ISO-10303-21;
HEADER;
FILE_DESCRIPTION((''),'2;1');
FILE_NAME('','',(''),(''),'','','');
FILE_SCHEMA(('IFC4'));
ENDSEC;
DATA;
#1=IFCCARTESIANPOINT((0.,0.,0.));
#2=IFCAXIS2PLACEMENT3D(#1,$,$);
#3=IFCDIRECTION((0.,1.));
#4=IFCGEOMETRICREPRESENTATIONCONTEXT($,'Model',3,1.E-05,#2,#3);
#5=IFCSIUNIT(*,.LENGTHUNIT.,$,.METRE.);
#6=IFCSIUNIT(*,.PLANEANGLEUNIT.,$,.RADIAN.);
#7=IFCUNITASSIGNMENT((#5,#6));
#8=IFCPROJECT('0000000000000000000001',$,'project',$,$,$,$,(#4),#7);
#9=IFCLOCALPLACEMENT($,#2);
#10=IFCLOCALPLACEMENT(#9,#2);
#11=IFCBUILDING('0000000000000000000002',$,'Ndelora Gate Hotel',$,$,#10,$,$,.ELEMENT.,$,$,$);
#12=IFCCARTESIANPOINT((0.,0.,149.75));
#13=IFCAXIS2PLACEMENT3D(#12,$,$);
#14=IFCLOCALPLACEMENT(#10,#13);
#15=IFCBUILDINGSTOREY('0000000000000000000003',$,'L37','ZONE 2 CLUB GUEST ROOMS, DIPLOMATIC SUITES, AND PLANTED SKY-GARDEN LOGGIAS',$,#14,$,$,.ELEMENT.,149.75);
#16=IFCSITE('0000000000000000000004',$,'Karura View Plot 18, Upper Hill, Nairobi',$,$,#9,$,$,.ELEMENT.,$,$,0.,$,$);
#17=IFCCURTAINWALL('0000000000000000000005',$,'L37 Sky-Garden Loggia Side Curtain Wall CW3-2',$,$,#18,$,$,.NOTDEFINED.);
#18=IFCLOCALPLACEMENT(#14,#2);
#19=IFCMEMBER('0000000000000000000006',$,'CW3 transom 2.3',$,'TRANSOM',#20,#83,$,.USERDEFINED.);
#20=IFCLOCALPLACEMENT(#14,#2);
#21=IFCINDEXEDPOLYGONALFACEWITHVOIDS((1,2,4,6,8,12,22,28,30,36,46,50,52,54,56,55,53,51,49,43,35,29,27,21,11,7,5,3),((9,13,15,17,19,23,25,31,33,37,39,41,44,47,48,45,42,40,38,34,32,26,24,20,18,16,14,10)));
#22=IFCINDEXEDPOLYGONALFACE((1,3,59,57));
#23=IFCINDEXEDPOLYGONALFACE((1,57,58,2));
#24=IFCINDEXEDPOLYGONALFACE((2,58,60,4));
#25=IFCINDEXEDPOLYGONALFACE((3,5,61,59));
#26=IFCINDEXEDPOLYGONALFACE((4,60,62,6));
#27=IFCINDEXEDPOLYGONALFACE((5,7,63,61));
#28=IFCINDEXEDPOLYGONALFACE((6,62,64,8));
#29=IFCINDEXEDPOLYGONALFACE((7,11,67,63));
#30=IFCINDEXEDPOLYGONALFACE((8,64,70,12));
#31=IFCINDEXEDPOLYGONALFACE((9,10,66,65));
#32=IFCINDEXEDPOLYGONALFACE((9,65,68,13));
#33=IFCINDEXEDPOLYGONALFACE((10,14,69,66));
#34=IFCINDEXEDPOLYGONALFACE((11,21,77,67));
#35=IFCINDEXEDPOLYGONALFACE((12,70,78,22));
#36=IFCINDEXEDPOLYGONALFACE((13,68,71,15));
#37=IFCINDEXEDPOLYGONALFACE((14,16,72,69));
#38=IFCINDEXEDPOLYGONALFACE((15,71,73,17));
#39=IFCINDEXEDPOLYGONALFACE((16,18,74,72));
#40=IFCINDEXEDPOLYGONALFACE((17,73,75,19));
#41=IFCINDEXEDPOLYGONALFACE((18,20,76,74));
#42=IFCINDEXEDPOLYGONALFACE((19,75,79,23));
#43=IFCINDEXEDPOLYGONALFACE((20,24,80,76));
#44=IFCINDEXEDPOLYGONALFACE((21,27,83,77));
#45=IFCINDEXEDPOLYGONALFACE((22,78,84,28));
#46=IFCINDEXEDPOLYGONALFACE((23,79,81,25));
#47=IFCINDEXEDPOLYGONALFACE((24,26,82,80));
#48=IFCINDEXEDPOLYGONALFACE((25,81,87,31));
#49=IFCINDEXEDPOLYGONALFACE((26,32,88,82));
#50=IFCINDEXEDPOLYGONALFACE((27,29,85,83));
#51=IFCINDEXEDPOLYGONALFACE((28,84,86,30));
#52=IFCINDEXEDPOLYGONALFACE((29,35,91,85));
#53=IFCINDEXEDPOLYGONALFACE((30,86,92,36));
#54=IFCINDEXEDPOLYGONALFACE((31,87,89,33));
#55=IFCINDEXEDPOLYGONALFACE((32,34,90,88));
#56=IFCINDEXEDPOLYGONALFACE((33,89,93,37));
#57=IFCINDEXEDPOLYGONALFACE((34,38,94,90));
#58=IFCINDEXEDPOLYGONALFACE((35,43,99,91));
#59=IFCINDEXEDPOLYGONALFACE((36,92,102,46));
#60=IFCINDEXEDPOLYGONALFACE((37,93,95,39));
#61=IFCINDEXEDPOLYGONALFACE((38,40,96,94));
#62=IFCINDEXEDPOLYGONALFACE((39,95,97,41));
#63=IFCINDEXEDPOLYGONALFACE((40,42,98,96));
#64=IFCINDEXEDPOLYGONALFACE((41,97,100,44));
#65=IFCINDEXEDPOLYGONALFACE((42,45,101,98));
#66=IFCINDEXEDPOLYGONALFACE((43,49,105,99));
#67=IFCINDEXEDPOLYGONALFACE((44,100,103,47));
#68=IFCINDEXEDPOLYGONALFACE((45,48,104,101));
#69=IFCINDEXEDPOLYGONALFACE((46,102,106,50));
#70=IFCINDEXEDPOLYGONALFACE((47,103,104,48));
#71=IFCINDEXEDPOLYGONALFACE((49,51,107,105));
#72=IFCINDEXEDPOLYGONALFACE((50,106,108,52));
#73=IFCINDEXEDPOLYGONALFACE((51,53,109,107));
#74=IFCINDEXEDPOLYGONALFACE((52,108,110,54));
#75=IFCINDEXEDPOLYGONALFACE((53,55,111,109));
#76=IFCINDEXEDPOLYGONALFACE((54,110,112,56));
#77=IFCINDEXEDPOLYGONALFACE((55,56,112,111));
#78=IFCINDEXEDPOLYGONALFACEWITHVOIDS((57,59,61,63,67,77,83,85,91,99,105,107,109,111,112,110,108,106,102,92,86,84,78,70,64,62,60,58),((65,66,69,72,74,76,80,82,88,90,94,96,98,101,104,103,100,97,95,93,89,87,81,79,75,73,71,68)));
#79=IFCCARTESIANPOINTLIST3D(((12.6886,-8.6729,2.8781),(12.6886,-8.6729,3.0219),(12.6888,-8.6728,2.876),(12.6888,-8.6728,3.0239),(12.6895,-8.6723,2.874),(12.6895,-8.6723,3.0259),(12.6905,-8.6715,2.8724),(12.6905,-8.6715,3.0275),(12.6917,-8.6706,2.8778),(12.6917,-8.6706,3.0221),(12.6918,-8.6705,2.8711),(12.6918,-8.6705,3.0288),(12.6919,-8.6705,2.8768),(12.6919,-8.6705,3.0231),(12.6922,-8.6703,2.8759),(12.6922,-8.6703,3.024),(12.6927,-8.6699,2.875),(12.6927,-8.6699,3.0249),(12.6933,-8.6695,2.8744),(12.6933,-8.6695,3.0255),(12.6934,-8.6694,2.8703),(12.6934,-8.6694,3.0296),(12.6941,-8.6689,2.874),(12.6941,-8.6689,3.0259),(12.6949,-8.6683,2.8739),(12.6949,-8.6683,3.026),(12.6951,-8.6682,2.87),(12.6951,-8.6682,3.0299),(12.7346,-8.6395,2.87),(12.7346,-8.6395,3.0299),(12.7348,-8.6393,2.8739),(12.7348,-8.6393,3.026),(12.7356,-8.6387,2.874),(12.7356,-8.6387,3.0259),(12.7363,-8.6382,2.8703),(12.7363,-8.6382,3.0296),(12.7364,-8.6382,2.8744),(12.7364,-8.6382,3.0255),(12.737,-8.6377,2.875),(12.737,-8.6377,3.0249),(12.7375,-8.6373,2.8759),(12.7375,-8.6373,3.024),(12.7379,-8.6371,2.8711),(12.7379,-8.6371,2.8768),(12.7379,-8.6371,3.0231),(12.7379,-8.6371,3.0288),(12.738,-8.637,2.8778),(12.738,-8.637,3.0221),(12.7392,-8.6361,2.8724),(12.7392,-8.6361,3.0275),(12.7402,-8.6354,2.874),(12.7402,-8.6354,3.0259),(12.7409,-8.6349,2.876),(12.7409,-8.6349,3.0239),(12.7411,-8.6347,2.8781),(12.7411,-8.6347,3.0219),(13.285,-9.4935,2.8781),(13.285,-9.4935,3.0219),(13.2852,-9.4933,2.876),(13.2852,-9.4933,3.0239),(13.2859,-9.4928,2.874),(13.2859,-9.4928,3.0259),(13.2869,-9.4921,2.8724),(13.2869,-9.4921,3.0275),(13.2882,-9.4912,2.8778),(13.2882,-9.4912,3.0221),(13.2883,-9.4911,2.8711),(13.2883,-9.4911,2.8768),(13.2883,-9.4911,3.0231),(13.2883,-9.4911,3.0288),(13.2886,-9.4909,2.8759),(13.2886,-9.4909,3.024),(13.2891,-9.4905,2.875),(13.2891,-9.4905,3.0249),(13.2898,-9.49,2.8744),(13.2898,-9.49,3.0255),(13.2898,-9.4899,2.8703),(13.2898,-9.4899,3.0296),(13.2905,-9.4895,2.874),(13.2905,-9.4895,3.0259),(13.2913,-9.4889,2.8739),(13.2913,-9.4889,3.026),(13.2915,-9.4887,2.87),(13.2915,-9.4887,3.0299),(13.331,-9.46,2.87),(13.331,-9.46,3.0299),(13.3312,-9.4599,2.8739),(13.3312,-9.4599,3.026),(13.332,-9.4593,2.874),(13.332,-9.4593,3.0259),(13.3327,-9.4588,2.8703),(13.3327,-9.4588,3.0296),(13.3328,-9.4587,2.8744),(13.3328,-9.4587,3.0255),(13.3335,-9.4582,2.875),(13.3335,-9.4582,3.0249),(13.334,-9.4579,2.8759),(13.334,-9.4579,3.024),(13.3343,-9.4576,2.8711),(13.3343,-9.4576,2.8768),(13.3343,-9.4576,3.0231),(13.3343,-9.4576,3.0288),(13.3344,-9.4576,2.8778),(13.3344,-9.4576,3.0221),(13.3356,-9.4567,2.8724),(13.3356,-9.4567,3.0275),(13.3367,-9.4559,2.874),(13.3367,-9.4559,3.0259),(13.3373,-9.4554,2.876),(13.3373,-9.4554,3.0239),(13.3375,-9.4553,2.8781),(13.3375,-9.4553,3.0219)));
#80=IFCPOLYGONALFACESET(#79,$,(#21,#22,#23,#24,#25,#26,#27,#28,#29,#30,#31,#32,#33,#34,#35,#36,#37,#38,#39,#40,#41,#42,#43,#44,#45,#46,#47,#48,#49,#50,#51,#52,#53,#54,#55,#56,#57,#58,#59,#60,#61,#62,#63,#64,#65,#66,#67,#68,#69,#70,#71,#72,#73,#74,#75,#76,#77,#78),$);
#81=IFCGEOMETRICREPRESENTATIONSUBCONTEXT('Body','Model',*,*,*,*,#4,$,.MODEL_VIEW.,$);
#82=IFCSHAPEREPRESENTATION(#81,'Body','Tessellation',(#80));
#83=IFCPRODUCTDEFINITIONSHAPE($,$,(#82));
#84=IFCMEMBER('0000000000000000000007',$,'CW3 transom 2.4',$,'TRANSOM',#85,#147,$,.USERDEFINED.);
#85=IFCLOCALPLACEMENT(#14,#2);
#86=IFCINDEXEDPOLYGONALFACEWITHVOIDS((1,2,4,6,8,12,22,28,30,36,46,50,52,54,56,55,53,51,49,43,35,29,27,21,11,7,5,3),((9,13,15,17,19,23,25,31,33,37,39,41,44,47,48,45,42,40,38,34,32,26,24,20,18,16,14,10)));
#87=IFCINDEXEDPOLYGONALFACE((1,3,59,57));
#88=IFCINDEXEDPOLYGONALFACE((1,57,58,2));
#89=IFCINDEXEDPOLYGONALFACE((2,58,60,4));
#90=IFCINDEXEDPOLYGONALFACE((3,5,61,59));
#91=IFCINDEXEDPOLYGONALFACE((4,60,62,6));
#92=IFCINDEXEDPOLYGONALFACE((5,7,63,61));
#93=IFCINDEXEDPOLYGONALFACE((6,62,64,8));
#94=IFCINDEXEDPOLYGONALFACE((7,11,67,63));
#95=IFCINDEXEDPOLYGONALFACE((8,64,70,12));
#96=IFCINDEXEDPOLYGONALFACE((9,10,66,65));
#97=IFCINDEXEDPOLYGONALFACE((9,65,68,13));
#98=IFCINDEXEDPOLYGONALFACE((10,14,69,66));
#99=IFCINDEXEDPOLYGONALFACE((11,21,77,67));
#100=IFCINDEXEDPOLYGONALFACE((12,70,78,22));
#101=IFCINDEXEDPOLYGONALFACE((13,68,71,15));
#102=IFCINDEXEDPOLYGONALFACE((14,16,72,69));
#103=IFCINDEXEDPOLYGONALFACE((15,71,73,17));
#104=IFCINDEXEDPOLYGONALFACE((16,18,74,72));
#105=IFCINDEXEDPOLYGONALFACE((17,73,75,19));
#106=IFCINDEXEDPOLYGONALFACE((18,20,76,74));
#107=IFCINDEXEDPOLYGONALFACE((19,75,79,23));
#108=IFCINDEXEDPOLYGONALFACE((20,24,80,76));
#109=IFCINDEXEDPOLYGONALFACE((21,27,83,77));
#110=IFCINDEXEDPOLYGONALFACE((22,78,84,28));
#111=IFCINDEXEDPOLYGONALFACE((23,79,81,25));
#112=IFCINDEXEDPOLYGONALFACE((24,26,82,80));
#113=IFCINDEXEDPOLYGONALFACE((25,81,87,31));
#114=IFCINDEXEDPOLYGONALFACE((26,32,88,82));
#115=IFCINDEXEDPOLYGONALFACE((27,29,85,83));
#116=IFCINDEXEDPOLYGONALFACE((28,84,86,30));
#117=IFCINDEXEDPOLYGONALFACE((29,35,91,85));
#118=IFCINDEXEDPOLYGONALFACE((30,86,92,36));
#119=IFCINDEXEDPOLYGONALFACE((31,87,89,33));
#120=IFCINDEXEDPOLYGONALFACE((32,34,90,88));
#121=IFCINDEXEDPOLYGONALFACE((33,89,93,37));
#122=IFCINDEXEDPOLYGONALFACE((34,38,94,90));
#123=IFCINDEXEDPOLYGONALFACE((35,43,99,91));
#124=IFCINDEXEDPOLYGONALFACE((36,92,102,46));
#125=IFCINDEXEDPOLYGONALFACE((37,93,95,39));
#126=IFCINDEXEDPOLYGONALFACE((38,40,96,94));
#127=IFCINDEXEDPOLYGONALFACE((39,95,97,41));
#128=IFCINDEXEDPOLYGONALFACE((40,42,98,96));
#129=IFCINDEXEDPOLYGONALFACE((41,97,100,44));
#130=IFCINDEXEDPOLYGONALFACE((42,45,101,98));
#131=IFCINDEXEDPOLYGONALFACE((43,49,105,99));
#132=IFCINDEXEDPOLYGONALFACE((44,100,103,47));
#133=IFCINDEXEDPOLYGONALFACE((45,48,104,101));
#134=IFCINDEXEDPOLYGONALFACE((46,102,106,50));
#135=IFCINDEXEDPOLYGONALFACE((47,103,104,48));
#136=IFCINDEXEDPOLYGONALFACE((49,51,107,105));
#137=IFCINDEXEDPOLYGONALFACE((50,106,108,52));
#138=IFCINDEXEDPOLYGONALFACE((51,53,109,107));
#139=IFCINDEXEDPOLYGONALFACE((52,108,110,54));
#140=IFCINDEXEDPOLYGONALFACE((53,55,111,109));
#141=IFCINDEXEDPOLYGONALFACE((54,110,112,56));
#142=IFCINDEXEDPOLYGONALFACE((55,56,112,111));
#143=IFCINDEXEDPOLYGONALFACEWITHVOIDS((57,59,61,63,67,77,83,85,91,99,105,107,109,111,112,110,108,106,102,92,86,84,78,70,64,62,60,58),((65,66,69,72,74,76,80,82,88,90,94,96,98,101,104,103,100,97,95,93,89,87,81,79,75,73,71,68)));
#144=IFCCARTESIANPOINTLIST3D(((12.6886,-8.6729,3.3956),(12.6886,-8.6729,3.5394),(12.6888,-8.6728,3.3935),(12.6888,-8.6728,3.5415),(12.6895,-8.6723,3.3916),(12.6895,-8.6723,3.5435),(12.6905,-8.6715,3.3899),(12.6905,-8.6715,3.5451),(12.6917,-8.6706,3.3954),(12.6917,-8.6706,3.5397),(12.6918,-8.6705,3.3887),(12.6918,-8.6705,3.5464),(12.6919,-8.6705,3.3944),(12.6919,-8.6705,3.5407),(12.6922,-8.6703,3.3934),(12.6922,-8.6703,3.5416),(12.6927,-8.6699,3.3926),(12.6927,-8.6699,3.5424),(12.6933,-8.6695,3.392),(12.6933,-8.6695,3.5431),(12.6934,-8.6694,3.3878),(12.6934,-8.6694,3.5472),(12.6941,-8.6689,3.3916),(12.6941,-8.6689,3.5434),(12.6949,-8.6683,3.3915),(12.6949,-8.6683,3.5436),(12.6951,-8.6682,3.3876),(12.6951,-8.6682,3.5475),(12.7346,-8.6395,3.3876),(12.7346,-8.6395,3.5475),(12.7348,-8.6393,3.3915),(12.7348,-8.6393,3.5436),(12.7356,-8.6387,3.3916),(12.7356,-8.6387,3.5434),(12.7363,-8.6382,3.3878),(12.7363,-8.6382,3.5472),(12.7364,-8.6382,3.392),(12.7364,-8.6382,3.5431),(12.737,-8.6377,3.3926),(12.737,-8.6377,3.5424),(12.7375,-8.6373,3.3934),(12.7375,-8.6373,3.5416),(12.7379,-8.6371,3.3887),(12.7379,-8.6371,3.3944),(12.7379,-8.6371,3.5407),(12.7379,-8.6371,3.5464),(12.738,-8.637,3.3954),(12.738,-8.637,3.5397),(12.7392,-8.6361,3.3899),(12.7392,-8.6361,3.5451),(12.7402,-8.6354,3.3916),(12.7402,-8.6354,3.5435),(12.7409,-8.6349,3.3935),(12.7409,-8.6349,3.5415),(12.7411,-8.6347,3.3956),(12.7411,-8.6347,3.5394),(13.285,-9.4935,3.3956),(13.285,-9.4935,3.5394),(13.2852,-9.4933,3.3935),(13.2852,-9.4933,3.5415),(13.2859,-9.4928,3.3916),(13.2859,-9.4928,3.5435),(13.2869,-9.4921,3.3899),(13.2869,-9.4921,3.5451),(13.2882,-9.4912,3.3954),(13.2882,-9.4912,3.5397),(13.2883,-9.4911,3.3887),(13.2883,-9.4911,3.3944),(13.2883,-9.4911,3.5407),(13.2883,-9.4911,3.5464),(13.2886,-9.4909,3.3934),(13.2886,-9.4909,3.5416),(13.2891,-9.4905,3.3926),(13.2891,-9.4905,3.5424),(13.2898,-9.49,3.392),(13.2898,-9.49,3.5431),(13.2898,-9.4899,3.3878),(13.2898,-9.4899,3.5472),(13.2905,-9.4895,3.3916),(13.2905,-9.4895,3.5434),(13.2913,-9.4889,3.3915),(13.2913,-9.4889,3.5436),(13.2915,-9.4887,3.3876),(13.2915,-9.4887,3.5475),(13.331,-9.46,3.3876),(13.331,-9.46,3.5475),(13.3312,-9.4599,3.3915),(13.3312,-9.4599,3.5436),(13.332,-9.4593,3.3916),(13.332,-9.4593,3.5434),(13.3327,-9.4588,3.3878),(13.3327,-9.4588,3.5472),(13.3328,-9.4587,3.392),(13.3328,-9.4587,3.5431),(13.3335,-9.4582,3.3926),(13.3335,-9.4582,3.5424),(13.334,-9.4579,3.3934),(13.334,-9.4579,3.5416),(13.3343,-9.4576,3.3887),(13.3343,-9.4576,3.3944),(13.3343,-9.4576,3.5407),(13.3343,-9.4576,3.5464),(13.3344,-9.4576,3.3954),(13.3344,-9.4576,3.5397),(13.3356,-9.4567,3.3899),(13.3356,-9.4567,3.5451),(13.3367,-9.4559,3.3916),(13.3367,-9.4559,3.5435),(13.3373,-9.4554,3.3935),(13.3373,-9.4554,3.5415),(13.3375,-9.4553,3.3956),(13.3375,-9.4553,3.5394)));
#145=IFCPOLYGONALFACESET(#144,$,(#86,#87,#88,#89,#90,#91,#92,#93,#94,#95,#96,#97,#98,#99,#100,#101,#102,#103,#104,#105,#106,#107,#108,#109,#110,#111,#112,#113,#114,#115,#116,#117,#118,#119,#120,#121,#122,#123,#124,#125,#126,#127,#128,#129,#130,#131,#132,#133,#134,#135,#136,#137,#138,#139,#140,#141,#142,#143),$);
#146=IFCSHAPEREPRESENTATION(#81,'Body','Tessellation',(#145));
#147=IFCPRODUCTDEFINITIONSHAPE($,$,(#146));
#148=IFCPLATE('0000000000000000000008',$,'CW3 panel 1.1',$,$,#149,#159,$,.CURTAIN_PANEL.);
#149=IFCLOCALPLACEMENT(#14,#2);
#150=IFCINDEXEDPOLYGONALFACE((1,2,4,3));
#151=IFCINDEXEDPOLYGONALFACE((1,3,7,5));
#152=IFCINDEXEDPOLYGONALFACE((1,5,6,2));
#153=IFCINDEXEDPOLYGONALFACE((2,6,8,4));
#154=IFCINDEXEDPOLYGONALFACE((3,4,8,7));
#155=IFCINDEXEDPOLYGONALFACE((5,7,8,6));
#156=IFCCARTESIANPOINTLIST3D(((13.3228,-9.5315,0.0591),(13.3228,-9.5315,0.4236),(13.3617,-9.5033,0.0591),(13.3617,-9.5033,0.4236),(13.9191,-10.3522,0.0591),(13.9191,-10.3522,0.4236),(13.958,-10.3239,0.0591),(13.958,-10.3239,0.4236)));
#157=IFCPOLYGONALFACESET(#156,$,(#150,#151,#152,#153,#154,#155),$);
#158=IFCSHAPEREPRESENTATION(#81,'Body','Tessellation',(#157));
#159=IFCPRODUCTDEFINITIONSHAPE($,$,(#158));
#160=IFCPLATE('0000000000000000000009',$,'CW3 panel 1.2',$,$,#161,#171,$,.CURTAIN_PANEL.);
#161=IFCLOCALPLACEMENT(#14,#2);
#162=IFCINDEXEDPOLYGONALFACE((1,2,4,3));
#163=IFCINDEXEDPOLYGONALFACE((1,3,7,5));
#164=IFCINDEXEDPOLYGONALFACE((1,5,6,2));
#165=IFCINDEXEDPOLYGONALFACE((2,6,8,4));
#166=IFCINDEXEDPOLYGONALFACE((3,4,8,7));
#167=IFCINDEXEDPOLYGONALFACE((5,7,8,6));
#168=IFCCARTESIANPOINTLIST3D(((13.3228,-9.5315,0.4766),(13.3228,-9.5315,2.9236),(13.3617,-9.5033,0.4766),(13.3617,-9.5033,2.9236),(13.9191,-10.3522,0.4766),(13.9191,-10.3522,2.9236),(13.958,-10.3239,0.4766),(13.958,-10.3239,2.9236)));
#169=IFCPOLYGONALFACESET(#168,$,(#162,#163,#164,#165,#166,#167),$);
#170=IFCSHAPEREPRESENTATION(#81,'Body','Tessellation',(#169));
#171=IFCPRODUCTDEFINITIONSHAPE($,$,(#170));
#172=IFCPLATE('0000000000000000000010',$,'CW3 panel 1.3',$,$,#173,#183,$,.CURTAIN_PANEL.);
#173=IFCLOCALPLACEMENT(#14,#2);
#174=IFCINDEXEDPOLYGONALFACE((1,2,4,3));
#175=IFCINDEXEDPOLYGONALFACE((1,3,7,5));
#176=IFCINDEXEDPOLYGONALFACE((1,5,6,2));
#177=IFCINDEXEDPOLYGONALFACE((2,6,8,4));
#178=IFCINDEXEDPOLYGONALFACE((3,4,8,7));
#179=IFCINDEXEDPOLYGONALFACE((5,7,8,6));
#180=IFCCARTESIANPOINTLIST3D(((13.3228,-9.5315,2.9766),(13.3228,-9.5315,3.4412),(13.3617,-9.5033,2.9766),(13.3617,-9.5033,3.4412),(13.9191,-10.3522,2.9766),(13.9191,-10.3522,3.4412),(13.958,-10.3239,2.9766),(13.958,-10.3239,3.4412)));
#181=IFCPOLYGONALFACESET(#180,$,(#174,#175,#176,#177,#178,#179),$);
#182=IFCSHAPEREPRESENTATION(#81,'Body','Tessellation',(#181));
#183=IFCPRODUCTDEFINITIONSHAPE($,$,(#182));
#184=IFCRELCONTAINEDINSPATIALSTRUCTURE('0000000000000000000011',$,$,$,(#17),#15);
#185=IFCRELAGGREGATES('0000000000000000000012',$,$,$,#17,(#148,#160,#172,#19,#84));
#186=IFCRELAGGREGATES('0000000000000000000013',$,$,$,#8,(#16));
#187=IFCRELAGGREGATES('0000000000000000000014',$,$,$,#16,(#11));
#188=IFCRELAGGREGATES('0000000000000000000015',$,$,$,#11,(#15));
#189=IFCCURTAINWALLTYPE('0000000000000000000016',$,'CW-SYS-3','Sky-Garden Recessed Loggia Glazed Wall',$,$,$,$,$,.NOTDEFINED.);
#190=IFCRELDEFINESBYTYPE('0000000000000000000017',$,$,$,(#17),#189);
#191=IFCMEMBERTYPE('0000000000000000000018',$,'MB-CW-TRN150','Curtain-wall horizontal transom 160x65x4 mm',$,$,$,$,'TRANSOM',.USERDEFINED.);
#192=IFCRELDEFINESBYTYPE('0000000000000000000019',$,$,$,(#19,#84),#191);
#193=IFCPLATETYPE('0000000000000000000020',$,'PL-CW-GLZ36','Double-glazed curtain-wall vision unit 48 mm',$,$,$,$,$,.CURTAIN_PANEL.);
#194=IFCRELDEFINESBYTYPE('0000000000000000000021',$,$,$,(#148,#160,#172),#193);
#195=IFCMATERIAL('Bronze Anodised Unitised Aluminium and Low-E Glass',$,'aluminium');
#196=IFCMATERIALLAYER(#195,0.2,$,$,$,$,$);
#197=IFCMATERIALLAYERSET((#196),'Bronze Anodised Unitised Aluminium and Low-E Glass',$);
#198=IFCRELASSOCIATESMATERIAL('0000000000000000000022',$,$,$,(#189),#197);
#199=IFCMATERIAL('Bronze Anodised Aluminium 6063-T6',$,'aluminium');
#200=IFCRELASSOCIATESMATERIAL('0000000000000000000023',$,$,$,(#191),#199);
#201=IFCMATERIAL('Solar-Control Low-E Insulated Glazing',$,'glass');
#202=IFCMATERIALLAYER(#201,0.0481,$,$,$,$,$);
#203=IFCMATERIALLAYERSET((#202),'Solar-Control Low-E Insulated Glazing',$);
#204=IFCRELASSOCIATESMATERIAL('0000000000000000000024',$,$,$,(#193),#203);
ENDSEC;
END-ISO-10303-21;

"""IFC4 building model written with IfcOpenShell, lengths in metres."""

from ifc_helpers import new_model, si_unit, direction, frame, origin, origin_2d, place, context, subcontext, project, spatial, rectangle, hollow_rectangle, extrude, material, layer, layer_set, material_profile, profile_set, type_object, element, aggregate, save


model = new_model("IFC4")

# Units and contexts
model_context = context("Model", 3, precision=1e-05, world=origin(), true_north=direction((0.0, 1.0)))
body_context = subcontext(model_context, "Body", "Model", "MODEL_VIEW")
ifc_project = project(units=[si_unit("LENGTHUNIT", "METRE"), si_unit("PLANEANGLEUNIT", "RADIAN")], contexts=[model_context])

# Site, building, storey
site_placement = place(None, origin())
site = spatial("IfcSite", under=ifc_project, at=site_placement, Name="Karura View Plot 18, Upper Hill, Nairobi", CompositionType="ELEMENT", RefElevation=0.0)
building_placement = place(site_placement, origin())
building = spatial("IfcBuilding", under=site, at=building_placement, Name="Ndelora Gate Hotel", CompositionType="ELEMENT")
storey_placement = place(building_placement, frame((0.0, 0.0, 149.75)))
storey = spatial("IfcBuildingStorey", under=building, at=storey_placement, Name="L37", Description="ZONE 2 CLUB GUEST ROOMS, DIPLOMATIC SUITES, AND PLANTED SKY-GARDEN LOGGIAS", CompositionType="ELEMENT", Elevation=149.75)

# Curtain wall, members, plates
ifc_material_1 = material(Name="Bronze Anodised Unitised Aluminium and Low-E Glass", Category="aluminium")
ifc_layer_1 = layer(ifc_material_1, 0.2)
ifc_layer_set_1 = layer_set([ifc_layer_1], Name="Bronze Anodised Unitised Aluminium and Low-E Glass")
curtain_wall_type = type_object("IfcCurtainWallType", Name="CW-SYS-3", Description="Sky-Garden Recessed Loggia Glazed Wall", PredefinedType="NOTDEFINED", material=ifc_layer_set_1)
curtain_wall_placement = place(storey_placement, origin())
curtain_wall = element("IfcCurtainWall", 1, at=curtain_wall_placement, inside=storey, type_object=curtain_wall_type, Name="L37 Sky-Garden Loggia Side Curtain Wall CW3-2", PredefinedType="NOTDEFINED")
ifc_material_2 = material(Name="Bronze Anodised Aluminium 6063-T6", Category="aluminium")
ifc_material_profile_1 = material_profile(ifc_material_2, hollow_rectangle(XDim=0.0649, YDim=0.1599, WallThickness=0.0039, InnerFilletRadius=0.0039, OuterFilletRadius=0.0081, at=origin_2d()), Name="ALU 160x65x4")
ifc_profile_set_1 = profile_set([ifc_material_profile_1], Name="Bronze Anodised Aluminium 6063-T6")
member_type_1 = type_object("IfcMemberType", Name="MB-CW-TRN150", Description="Curtain-wall horizontal transom 160x65x4 mm", ElementType="TRANSOM", PredefinedType="USERDEFINED", material=ifc_profile_set_1)
member_1_placement = place(storey_placement, frame((13.3113, -9.4744, 2.95), z_axis=(-0.587957, 0.808892, 0.0), x_axis=(-0.808892, -0.587957, 0.0)))
member_1 = element("IfcMember", 2, at=member_1_placement, type_object=member_type_1, Name="CW3 transom 2.3", ObjectType="TRANSOM", PredefinedType="USERDEFINED", context=body_context, shape_type="SweptSolid", body=[
    extrude(hollow_rectangle(XDim=0.0649, YDim=0.1599, WallThickness=0.0039, InnerFilletRadius=0.0039, OuterFilletRadius=0.0081, at=origin_2d()), origin(), (0.0, 0.0, 1.0), 1.0144),
])
member_2_placement = place(storey_placement, frame((13.3113, -9.4744, 3.4675), z_axis=(-0.587957, 0.808892, 0.0), x_axis=(-0.808892, -0.587957, 0.0)))
member_2 = element("IfcMember", 3, at=member_2_placement, type_object=member_type_1, Name="CW3 transom 2.4", ObjectType="TRANSOM", PredefinedType="USERDEFINED", context=body_context, shape_type="SweptSolid", body=[
    extrude(hollow_rectangle(XDim=0.0649, YDim=0.1599, WallThickness=0.0039, InnerFilletRadius=0.0039, OuterFilletRadius=0.0081, at=origin_2d()), origin(), (0.0, 0.0, 1.0), 1.0144),
])
ifc_material_3 = material(Name="Solar-Control Low-E Insulated Glazing", Category="glass")
ifc_layer_2 = layer(ifc_material_3, 0.0481)
ifc_layer_set_2 = layer_set([ifc_layer_2], Name="Solar-Control Low-E Insulated Glazing")
plate_type = type_object("IfcPlateType", Name="PL-CW-GLZ36", Description="Double-glazed curtain-wall vision unit 48 mm", PredefinedType="CURTAIN_PANEL", material=ifc_layer_set_2)
plate_1_placement = place(storey_placement, frame((13.6404, -9.9277, 0.0591), z_axis=(0.0, 0.0, 1.0), x_axis=(-0.587785, 0.809017, 0.0)))
plate_1 = element("IfcPlate", 4, at=plate_1_placement, type_object=plate_type, Name="CW3 panel 1.1", PredefinedType="CURTAIN_PANEL", context=body_context, shape_type="SweptSolid", body=[
    extrude(rectangle(XDim=1.0144, YDim=0.0481, at=origin_2d()), origin(), (0.0, 0.0, 1.0), 0.3645),
])
plate_2_placement = place(storey_placement, frame((13.6404, -9.9277, 0.4766), z_axis=(0.0, 0.0, 1.0), x_axis=(-0.587785, 0.809017, 0.0)))
plate_2 = element("IfcPlate", 5, at=plate_2_placement, type_object=plate_type, Name="CW3 panel 1.2", PredefinedType="CURTAIN_PANEL", context=body_context, shape_type="SweptSolid", body=[
    extrude(rectangle(XDim=1.0144, YDim=0.0481, at=origin_2d()), origin(), (0.0, 0.0, 1.0), 2.447),
])
plate_3_placement = place(storey_placement, frame((13.6404, -9.9277, 2.9766), z_axis=(0.0, 0.0, 1.0), x_axis=(-0.587785, 0.809017, 0.0)))
plate_3 = element("IfcPlate", 6, at=plate_3_placement, type_object=plate_type, Name="CW3 panel 1.3", PredefinedType="CURTAIN_PANEL", context=body_context, shape_type="SweptSolid", body=[
    extrude(rectangle(XDim=1.0144, YDim=0.0481, at=origin_2d()), origin(), (0.0, 0.0, 1.0), 0.4646),
])
aggregate(curtain_wall, [plate_1, plate_2, plate_3, member_1, member_2])

save(model, "model.ifc")
